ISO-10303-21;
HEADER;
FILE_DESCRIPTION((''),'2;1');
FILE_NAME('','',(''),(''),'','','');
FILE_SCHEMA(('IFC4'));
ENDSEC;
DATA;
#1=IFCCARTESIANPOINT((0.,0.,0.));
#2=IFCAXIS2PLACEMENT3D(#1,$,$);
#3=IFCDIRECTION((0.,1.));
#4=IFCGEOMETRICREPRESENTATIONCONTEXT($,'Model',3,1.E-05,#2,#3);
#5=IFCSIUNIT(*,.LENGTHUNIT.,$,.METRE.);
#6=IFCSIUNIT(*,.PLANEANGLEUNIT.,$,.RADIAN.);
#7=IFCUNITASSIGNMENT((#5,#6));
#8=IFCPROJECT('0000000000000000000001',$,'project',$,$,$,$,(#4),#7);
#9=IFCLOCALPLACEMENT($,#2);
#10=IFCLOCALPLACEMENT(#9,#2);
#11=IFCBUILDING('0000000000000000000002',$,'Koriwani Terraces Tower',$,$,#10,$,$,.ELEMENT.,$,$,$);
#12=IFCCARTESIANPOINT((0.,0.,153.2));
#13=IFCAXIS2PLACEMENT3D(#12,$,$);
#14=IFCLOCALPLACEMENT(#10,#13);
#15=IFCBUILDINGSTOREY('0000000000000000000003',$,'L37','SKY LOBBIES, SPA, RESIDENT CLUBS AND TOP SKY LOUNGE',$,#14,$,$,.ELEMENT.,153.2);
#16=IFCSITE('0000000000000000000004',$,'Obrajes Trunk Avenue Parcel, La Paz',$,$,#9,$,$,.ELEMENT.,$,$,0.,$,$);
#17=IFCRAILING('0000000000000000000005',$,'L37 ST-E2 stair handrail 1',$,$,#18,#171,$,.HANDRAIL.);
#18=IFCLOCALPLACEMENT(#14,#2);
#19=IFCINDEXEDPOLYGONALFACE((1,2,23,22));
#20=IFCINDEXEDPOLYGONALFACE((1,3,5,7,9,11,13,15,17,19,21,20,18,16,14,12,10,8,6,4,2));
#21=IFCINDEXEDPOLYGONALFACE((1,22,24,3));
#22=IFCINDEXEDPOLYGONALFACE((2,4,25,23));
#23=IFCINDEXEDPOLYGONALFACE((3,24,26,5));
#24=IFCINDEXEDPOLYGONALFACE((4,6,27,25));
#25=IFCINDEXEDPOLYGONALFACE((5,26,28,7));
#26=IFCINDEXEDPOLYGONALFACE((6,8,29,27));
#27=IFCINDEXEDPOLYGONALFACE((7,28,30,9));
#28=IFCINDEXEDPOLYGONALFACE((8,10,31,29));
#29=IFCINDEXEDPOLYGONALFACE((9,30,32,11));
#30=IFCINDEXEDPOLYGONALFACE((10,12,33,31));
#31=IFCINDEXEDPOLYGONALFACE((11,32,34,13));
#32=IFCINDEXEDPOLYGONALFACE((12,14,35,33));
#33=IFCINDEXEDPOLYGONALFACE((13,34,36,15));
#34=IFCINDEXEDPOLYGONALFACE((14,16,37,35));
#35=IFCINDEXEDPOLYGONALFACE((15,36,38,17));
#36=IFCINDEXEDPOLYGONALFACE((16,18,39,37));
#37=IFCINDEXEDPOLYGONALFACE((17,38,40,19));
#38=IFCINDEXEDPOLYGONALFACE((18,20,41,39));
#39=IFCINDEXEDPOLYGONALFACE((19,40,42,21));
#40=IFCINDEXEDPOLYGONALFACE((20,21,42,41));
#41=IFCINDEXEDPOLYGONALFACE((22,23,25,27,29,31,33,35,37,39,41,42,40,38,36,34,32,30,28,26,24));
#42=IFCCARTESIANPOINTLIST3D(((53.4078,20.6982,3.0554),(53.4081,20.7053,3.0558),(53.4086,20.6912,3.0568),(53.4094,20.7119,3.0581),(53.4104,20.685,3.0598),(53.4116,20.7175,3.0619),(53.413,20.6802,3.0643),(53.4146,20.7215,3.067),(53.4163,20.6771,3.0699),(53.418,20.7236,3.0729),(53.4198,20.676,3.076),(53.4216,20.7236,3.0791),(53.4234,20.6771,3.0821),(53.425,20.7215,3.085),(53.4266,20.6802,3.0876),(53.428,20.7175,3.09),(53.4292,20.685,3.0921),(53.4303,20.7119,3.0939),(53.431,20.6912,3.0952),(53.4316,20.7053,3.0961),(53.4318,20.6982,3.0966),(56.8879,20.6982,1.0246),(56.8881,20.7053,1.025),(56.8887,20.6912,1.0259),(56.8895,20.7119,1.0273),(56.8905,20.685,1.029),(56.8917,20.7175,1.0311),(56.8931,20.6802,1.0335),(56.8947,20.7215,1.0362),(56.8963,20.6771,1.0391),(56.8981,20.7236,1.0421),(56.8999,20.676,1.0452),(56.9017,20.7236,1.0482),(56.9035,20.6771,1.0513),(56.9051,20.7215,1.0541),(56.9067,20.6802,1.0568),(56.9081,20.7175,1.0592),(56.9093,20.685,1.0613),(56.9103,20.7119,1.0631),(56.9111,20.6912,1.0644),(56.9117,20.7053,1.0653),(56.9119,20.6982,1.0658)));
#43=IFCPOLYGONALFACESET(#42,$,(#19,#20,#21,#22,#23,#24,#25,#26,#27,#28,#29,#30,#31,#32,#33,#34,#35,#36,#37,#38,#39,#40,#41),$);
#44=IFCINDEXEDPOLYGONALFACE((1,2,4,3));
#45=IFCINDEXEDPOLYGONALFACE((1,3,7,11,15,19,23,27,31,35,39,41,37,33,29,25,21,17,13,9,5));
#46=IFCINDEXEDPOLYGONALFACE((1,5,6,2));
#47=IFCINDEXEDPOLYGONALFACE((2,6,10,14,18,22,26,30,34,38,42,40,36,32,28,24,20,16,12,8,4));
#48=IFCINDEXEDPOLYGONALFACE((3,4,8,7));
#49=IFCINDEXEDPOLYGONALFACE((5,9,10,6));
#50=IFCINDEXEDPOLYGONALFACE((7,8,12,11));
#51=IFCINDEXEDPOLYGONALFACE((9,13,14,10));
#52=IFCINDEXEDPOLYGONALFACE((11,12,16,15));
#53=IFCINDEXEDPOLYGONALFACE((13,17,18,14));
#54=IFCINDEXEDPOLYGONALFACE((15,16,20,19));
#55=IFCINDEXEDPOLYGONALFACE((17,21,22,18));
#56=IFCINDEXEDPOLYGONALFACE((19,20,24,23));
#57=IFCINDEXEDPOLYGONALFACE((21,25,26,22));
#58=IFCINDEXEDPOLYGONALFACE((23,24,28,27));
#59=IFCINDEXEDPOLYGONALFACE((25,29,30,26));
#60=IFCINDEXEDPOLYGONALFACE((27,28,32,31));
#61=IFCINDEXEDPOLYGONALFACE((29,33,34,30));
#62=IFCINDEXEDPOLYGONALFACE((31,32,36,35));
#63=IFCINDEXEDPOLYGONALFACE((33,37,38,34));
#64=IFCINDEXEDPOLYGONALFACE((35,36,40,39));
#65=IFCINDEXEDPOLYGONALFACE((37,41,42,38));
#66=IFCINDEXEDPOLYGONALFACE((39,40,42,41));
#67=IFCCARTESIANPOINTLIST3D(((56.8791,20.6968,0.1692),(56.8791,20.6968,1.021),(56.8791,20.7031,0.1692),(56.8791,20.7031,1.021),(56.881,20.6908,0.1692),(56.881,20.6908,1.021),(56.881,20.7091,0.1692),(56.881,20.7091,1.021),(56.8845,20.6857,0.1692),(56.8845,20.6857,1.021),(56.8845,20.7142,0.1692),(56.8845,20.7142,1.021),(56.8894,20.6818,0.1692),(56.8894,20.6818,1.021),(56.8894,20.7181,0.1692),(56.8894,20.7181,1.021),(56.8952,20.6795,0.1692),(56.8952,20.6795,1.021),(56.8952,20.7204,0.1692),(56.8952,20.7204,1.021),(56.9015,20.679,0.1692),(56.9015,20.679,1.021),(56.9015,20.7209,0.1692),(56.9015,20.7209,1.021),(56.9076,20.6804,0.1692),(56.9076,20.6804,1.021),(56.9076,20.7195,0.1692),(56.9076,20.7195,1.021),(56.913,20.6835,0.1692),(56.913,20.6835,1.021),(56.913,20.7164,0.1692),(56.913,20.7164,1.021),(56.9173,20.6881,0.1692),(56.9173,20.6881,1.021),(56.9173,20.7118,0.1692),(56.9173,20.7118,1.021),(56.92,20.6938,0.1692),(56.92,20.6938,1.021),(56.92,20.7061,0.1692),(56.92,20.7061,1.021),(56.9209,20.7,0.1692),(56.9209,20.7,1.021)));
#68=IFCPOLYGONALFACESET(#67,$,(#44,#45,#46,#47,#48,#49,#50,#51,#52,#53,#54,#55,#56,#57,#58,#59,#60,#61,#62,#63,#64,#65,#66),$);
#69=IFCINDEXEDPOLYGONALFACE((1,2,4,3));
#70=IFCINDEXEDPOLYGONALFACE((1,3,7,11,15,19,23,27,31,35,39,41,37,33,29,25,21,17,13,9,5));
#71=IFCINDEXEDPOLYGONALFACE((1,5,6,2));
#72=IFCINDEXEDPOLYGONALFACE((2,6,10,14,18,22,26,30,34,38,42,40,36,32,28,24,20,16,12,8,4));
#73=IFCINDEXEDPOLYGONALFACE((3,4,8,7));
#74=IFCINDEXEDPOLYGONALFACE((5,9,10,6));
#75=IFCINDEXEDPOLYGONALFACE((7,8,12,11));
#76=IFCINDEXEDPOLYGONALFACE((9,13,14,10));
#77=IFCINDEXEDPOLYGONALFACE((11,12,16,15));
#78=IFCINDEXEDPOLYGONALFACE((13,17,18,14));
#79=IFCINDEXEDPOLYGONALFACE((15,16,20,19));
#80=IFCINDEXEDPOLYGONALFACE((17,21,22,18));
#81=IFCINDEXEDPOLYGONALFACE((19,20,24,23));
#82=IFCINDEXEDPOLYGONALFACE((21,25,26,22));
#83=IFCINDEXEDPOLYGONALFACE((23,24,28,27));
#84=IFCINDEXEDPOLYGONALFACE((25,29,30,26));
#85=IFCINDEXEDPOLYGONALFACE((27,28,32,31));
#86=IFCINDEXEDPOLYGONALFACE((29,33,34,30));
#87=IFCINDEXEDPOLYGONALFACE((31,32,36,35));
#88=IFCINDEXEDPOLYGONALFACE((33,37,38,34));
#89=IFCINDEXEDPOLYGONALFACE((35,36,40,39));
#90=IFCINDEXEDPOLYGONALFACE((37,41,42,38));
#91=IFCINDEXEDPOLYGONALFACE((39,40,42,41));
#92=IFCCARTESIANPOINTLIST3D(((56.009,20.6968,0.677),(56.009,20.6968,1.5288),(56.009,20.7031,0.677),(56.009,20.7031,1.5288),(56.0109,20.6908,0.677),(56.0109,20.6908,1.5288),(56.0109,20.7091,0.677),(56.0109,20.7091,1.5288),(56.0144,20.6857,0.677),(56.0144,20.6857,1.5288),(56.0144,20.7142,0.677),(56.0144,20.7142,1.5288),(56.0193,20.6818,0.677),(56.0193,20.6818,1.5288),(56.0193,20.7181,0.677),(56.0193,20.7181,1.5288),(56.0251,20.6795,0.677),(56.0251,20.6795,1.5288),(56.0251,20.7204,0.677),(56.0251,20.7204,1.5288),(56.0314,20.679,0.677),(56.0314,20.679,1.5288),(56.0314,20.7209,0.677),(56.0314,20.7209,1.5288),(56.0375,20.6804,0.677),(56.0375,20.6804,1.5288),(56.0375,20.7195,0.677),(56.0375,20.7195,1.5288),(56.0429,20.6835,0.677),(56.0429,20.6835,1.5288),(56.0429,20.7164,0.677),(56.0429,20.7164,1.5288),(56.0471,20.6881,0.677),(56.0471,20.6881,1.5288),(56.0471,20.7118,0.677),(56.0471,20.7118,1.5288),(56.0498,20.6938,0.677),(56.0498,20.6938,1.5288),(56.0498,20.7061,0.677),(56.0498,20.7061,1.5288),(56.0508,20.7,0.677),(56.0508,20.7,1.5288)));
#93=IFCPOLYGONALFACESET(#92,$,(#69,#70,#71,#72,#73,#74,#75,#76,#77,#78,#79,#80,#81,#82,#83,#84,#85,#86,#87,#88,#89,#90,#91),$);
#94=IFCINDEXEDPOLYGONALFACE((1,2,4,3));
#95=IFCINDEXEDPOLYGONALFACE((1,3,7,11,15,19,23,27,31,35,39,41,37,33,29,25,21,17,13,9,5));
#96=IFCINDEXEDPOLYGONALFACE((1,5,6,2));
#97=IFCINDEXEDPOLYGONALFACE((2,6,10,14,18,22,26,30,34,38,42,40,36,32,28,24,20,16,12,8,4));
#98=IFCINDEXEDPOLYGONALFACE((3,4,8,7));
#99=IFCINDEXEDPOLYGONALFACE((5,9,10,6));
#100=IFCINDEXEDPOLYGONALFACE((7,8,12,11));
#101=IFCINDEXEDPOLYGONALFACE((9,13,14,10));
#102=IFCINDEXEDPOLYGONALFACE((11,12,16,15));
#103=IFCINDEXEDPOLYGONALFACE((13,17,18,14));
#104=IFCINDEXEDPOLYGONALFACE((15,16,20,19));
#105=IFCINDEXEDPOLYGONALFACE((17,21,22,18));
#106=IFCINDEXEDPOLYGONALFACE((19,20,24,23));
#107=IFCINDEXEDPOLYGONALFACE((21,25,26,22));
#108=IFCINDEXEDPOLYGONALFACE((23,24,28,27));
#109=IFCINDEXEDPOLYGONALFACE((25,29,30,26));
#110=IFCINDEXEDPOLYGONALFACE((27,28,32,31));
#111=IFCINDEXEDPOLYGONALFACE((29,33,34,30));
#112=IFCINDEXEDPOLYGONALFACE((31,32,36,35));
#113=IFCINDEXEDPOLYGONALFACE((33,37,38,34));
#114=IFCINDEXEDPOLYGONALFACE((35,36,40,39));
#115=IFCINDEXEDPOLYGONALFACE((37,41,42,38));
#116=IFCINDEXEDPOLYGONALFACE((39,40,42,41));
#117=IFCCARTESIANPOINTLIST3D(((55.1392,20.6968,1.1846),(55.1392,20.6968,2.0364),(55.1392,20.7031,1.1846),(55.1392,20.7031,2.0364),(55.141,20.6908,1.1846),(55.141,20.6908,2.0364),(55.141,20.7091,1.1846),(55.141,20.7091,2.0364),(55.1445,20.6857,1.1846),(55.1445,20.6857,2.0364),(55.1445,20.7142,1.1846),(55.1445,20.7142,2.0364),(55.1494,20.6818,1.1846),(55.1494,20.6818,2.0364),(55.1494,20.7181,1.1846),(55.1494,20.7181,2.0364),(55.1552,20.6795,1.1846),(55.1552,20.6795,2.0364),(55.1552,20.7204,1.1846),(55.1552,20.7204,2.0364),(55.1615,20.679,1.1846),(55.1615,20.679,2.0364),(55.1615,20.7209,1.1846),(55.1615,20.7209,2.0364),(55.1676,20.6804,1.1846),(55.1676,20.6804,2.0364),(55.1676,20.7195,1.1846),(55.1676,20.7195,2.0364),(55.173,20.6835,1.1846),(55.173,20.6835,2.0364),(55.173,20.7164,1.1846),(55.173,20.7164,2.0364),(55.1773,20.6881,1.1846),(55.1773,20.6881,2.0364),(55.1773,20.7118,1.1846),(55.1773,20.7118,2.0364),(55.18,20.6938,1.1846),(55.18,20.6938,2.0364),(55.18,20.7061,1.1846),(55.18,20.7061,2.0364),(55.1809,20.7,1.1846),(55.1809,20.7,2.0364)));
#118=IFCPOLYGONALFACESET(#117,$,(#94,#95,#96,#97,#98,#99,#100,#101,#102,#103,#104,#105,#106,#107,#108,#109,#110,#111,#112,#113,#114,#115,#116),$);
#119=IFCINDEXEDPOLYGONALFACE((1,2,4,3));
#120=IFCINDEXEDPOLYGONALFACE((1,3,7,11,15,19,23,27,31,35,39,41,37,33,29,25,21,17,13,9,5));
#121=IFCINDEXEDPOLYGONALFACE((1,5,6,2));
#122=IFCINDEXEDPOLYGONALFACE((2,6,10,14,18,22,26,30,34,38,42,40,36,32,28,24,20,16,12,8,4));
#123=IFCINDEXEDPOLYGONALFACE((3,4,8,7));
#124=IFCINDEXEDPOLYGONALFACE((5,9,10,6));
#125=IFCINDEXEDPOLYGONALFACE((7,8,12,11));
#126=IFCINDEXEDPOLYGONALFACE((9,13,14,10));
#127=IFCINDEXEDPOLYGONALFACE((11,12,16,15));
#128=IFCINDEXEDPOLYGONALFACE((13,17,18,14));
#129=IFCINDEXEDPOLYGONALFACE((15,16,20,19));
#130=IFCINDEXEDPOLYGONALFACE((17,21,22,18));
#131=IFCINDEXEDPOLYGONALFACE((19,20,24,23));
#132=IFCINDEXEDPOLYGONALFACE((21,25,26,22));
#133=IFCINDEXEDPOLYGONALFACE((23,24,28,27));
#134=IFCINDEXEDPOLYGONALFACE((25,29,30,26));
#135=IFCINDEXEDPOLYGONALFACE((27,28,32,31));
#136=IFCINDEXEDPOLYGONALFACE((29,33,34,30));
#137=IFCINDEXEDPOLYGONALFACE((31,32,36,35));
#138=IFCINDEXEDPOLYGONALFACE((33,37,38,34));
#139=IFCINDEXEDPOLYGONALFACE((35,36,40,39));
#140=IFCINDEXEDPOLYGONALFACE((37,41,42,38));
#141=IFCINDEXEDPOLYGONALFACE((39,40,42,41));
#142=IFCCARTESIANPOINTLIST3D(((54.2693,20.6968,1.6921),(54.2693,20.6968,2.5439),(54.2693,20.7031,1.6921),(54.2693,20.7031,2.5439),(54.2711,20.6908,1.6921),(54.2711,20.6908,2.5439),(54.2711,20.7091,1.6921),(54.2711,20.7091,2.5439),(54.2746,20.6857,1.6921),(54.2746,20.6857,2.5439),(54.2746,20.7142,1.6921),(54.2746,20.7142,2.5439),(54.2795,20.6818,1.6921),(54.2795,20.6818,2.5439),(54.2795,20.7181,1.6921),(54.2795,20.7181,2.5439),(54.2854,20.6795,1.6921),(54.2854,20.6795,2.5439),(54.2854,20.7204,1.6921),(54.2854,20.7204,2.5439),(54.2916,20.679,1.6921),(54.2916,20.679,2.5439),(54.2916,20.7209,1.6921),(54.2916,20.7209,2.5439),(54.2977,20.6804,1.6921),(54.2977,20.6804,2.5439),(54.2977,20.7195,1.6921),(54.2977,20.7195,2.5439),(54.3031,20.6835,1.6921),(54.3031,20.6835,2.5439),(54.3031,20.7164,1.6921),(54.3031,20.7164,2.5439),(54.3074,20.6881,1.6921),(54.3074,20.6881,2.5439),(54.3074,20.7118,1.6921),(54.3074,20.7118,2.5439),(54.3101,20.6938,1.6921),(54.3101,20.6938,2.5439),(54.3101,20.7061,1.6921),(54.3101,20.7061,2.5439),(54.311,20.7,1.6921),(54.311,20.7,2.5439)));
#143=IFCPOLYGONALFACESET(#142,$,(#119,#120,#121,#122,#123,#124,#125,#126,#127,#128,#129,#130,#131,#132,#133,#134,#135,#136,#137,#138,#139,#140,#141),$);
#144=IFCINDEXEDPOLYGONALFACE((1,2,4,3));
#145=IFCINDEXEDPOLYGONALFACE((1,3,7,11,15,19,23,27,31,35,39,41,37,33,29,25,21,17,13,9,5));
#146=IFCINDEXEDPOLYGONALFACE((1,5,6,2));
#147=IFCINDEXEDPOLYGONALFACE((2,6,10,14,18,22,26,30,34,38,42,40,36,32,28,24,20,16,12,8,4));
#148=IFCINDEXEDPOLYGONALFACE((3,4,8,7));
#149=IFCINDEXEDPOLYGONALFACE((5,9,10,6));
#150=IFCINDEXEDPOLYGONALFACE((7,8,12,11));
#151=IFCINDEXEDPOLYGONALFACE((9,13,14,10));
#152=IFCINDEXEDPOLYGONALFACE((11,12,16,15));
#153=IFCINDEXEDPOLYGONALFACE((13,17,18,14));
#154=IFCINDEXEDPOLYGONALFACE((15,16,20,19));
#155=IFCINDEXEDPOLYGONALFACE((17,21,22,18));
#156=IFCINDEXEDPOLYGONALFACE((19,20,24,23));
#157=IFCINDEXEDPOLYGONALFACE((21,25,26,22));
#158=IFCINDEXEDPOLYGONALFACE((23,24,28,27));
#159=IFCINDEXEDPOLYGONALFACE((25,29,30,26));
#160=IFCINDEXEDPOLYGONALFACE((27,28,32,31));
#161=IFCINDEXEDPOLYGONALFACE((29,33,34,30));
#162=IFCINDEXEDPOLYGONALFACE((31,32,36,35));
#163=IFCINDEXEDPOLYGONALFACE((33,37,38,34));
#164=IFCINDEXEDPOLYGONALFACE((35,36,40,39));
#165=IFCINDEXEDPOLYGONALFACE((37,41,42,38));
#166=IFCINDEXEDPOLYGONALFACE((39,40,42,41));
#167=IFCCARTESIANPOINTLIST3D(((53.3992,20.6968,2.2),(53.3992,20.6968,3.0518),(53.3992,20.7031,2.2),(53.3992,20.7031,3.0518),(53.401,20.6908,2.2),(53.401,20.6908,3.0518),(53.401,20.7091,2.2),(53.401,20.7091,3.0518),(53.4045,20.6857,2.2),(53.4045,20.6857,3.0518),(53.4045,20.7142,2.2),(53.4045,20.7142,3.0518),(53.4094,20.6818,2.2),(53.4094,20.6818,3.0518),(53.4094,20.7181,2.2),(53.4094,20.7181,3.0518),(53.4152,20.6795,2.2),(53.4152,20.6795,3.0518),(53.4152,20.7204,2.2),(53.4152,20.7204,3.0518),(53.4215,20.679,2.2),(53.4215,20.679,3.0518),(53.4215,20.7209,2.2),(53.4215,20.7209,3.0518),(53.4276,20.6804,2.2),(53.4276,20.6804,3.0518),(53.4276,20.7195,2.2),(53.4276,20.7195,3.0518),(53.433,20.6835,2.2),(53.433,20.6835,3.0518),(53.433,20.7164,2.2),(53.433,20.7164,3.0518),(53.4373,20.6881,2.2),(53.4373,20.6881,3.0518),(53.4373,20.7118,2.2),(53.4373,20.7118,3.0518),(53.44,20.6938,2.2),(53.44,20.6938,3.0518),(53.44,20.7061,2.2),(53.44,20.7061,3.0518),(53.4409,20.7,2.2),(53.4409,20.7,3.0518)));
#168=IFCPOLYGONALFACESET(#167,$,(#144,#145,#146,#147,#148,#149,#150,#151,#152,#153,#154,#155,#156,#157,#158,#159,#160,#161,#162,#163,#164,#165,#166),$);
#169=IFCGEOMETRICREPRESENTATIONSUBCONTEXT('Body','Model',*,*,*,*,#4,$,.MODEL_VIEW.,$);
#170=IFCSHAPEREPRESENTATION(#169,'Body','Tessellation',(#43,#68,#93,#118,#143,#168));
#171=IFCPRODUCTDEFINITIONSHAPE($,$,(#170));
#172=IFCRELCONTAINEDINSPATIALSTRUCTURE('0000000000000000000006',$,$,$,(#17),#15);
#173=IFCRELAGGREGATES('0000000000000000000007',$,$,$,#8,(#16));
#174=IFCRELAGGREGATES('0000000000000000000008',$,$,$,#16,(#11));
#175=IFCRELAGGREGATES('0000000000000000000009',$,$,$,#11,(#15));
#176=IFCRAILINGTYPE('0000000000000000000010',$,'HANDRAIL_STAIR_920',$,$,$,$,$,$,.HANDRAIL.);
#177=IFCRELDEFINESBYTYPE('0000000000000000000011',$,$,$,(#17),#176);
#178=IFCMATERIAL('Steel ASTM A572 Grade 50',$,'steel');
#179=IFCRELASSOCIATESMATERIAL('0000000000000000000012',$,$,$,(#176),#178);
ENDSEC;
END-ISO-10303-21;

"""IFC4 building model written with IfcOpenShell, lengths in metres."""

from ifc_helpers import new_model, si_unit, direction, frame, origin, origin_2d, place, context, subcontext, project, spatial, circle, extrude, material, type_object, element, save


model = new_model("IFC4")

# Units and contexts
model_context = context("Model", 3, precision=1e-05, world=origin(), true_north=direction((0.0, 1.0)))
body_context = subcontext(model_context, "Body", "Model", "MODEL_VIEW")
ifc_project = project(units=[si_unit("LENGTHUNIT", "METRE"), si_unit("PLANEANGLEUNIT", "RADIAN")], contexts=[model_context])

# Site, building, storey
site_placement = place(None, origin())
site = spatial("IfcSite", under=ifc_project, at=site_placement, Name="Obrajes Trunk Avenue Parcel, La Paz", CompositionType="ELEMENT", RefElevation=0.0)
building_placement = place(site_placement, origin())
building = spatial("IfcBuilding", under=site, at=building_placement, Name="Koriwani Terraces Tower", CompositionType="ELEMENT")
storey_placement = place(building_placement, frame((0.0, 0.0, 153.2)))
storey = spatial("IfcBuildingStorey", under=building, at=storey_placement, Name="L37", Description="SKY LOBBIES, SPA, RESIDENT CLUBS AND TOP SKY LOUNGE", CompositionType="ELEMENT", Elevation=153.2)

# Shared definitions
ifc_material_1 = material(Name="Steel ASTM A572 Grade 50", Category="steel")

# Railing
railing_type_1 = type_object("IfcRailingType", Name="HANDRAIL_STAIR_920", PredefinedType="HANDRAIL", material=ifc_material_1)
railing_1_placement = place(storey_placement, frame((56.8999, 20.7, 0.1692)))
element("IfcRailing", 1, at=railing_1_placement, inside=storey, type_object=railing_type_1, Name="L37 ST-E2 stair handrail 1", PredefinedType="HANDRAIL", context=body_context, shape_type="SweptSolid", body=[
    extrude(circle(Radius=0.0239, at=origin_2d()), frame((0.0, 0.0, 0.876), z_axis=(-0.863695, 0.0, 0.504014), x_axis=(0.0, -1.0, 0.0)), (0.0, 0.0, 1.0), 4.0293),
    extrude(circle(Radius=0.021, at=origin_2d()), origin(), (0.0, 0.0, 1.0), 0.8518),
    extrude(circle(Radius=0.021, at=origin_2d()), frame((-0.8701, 0.0, 0.5078)), (0.0, 0.0, 1.0), 0.8518),
    extrude(circle(Radius=0.021, at=origin_2d()), frame((-1.74, 0.0, 1.0154)), (0.0, 0.0, 1.0), 0.8518),
    extrude(circle(Radius=0.021, at=origin_2d()), frame((-2.6099, 0.0, 1.5229)), (0.0, 0.0, 1.0), 0.8518),
    extrude(circle(Radius=0.021, at=origin_2d()), frame((-3.48, 0.0, 2.0308)), (0.0, 0.0, 1.0), 0.8518),
])

save(model, "model.ifc")
